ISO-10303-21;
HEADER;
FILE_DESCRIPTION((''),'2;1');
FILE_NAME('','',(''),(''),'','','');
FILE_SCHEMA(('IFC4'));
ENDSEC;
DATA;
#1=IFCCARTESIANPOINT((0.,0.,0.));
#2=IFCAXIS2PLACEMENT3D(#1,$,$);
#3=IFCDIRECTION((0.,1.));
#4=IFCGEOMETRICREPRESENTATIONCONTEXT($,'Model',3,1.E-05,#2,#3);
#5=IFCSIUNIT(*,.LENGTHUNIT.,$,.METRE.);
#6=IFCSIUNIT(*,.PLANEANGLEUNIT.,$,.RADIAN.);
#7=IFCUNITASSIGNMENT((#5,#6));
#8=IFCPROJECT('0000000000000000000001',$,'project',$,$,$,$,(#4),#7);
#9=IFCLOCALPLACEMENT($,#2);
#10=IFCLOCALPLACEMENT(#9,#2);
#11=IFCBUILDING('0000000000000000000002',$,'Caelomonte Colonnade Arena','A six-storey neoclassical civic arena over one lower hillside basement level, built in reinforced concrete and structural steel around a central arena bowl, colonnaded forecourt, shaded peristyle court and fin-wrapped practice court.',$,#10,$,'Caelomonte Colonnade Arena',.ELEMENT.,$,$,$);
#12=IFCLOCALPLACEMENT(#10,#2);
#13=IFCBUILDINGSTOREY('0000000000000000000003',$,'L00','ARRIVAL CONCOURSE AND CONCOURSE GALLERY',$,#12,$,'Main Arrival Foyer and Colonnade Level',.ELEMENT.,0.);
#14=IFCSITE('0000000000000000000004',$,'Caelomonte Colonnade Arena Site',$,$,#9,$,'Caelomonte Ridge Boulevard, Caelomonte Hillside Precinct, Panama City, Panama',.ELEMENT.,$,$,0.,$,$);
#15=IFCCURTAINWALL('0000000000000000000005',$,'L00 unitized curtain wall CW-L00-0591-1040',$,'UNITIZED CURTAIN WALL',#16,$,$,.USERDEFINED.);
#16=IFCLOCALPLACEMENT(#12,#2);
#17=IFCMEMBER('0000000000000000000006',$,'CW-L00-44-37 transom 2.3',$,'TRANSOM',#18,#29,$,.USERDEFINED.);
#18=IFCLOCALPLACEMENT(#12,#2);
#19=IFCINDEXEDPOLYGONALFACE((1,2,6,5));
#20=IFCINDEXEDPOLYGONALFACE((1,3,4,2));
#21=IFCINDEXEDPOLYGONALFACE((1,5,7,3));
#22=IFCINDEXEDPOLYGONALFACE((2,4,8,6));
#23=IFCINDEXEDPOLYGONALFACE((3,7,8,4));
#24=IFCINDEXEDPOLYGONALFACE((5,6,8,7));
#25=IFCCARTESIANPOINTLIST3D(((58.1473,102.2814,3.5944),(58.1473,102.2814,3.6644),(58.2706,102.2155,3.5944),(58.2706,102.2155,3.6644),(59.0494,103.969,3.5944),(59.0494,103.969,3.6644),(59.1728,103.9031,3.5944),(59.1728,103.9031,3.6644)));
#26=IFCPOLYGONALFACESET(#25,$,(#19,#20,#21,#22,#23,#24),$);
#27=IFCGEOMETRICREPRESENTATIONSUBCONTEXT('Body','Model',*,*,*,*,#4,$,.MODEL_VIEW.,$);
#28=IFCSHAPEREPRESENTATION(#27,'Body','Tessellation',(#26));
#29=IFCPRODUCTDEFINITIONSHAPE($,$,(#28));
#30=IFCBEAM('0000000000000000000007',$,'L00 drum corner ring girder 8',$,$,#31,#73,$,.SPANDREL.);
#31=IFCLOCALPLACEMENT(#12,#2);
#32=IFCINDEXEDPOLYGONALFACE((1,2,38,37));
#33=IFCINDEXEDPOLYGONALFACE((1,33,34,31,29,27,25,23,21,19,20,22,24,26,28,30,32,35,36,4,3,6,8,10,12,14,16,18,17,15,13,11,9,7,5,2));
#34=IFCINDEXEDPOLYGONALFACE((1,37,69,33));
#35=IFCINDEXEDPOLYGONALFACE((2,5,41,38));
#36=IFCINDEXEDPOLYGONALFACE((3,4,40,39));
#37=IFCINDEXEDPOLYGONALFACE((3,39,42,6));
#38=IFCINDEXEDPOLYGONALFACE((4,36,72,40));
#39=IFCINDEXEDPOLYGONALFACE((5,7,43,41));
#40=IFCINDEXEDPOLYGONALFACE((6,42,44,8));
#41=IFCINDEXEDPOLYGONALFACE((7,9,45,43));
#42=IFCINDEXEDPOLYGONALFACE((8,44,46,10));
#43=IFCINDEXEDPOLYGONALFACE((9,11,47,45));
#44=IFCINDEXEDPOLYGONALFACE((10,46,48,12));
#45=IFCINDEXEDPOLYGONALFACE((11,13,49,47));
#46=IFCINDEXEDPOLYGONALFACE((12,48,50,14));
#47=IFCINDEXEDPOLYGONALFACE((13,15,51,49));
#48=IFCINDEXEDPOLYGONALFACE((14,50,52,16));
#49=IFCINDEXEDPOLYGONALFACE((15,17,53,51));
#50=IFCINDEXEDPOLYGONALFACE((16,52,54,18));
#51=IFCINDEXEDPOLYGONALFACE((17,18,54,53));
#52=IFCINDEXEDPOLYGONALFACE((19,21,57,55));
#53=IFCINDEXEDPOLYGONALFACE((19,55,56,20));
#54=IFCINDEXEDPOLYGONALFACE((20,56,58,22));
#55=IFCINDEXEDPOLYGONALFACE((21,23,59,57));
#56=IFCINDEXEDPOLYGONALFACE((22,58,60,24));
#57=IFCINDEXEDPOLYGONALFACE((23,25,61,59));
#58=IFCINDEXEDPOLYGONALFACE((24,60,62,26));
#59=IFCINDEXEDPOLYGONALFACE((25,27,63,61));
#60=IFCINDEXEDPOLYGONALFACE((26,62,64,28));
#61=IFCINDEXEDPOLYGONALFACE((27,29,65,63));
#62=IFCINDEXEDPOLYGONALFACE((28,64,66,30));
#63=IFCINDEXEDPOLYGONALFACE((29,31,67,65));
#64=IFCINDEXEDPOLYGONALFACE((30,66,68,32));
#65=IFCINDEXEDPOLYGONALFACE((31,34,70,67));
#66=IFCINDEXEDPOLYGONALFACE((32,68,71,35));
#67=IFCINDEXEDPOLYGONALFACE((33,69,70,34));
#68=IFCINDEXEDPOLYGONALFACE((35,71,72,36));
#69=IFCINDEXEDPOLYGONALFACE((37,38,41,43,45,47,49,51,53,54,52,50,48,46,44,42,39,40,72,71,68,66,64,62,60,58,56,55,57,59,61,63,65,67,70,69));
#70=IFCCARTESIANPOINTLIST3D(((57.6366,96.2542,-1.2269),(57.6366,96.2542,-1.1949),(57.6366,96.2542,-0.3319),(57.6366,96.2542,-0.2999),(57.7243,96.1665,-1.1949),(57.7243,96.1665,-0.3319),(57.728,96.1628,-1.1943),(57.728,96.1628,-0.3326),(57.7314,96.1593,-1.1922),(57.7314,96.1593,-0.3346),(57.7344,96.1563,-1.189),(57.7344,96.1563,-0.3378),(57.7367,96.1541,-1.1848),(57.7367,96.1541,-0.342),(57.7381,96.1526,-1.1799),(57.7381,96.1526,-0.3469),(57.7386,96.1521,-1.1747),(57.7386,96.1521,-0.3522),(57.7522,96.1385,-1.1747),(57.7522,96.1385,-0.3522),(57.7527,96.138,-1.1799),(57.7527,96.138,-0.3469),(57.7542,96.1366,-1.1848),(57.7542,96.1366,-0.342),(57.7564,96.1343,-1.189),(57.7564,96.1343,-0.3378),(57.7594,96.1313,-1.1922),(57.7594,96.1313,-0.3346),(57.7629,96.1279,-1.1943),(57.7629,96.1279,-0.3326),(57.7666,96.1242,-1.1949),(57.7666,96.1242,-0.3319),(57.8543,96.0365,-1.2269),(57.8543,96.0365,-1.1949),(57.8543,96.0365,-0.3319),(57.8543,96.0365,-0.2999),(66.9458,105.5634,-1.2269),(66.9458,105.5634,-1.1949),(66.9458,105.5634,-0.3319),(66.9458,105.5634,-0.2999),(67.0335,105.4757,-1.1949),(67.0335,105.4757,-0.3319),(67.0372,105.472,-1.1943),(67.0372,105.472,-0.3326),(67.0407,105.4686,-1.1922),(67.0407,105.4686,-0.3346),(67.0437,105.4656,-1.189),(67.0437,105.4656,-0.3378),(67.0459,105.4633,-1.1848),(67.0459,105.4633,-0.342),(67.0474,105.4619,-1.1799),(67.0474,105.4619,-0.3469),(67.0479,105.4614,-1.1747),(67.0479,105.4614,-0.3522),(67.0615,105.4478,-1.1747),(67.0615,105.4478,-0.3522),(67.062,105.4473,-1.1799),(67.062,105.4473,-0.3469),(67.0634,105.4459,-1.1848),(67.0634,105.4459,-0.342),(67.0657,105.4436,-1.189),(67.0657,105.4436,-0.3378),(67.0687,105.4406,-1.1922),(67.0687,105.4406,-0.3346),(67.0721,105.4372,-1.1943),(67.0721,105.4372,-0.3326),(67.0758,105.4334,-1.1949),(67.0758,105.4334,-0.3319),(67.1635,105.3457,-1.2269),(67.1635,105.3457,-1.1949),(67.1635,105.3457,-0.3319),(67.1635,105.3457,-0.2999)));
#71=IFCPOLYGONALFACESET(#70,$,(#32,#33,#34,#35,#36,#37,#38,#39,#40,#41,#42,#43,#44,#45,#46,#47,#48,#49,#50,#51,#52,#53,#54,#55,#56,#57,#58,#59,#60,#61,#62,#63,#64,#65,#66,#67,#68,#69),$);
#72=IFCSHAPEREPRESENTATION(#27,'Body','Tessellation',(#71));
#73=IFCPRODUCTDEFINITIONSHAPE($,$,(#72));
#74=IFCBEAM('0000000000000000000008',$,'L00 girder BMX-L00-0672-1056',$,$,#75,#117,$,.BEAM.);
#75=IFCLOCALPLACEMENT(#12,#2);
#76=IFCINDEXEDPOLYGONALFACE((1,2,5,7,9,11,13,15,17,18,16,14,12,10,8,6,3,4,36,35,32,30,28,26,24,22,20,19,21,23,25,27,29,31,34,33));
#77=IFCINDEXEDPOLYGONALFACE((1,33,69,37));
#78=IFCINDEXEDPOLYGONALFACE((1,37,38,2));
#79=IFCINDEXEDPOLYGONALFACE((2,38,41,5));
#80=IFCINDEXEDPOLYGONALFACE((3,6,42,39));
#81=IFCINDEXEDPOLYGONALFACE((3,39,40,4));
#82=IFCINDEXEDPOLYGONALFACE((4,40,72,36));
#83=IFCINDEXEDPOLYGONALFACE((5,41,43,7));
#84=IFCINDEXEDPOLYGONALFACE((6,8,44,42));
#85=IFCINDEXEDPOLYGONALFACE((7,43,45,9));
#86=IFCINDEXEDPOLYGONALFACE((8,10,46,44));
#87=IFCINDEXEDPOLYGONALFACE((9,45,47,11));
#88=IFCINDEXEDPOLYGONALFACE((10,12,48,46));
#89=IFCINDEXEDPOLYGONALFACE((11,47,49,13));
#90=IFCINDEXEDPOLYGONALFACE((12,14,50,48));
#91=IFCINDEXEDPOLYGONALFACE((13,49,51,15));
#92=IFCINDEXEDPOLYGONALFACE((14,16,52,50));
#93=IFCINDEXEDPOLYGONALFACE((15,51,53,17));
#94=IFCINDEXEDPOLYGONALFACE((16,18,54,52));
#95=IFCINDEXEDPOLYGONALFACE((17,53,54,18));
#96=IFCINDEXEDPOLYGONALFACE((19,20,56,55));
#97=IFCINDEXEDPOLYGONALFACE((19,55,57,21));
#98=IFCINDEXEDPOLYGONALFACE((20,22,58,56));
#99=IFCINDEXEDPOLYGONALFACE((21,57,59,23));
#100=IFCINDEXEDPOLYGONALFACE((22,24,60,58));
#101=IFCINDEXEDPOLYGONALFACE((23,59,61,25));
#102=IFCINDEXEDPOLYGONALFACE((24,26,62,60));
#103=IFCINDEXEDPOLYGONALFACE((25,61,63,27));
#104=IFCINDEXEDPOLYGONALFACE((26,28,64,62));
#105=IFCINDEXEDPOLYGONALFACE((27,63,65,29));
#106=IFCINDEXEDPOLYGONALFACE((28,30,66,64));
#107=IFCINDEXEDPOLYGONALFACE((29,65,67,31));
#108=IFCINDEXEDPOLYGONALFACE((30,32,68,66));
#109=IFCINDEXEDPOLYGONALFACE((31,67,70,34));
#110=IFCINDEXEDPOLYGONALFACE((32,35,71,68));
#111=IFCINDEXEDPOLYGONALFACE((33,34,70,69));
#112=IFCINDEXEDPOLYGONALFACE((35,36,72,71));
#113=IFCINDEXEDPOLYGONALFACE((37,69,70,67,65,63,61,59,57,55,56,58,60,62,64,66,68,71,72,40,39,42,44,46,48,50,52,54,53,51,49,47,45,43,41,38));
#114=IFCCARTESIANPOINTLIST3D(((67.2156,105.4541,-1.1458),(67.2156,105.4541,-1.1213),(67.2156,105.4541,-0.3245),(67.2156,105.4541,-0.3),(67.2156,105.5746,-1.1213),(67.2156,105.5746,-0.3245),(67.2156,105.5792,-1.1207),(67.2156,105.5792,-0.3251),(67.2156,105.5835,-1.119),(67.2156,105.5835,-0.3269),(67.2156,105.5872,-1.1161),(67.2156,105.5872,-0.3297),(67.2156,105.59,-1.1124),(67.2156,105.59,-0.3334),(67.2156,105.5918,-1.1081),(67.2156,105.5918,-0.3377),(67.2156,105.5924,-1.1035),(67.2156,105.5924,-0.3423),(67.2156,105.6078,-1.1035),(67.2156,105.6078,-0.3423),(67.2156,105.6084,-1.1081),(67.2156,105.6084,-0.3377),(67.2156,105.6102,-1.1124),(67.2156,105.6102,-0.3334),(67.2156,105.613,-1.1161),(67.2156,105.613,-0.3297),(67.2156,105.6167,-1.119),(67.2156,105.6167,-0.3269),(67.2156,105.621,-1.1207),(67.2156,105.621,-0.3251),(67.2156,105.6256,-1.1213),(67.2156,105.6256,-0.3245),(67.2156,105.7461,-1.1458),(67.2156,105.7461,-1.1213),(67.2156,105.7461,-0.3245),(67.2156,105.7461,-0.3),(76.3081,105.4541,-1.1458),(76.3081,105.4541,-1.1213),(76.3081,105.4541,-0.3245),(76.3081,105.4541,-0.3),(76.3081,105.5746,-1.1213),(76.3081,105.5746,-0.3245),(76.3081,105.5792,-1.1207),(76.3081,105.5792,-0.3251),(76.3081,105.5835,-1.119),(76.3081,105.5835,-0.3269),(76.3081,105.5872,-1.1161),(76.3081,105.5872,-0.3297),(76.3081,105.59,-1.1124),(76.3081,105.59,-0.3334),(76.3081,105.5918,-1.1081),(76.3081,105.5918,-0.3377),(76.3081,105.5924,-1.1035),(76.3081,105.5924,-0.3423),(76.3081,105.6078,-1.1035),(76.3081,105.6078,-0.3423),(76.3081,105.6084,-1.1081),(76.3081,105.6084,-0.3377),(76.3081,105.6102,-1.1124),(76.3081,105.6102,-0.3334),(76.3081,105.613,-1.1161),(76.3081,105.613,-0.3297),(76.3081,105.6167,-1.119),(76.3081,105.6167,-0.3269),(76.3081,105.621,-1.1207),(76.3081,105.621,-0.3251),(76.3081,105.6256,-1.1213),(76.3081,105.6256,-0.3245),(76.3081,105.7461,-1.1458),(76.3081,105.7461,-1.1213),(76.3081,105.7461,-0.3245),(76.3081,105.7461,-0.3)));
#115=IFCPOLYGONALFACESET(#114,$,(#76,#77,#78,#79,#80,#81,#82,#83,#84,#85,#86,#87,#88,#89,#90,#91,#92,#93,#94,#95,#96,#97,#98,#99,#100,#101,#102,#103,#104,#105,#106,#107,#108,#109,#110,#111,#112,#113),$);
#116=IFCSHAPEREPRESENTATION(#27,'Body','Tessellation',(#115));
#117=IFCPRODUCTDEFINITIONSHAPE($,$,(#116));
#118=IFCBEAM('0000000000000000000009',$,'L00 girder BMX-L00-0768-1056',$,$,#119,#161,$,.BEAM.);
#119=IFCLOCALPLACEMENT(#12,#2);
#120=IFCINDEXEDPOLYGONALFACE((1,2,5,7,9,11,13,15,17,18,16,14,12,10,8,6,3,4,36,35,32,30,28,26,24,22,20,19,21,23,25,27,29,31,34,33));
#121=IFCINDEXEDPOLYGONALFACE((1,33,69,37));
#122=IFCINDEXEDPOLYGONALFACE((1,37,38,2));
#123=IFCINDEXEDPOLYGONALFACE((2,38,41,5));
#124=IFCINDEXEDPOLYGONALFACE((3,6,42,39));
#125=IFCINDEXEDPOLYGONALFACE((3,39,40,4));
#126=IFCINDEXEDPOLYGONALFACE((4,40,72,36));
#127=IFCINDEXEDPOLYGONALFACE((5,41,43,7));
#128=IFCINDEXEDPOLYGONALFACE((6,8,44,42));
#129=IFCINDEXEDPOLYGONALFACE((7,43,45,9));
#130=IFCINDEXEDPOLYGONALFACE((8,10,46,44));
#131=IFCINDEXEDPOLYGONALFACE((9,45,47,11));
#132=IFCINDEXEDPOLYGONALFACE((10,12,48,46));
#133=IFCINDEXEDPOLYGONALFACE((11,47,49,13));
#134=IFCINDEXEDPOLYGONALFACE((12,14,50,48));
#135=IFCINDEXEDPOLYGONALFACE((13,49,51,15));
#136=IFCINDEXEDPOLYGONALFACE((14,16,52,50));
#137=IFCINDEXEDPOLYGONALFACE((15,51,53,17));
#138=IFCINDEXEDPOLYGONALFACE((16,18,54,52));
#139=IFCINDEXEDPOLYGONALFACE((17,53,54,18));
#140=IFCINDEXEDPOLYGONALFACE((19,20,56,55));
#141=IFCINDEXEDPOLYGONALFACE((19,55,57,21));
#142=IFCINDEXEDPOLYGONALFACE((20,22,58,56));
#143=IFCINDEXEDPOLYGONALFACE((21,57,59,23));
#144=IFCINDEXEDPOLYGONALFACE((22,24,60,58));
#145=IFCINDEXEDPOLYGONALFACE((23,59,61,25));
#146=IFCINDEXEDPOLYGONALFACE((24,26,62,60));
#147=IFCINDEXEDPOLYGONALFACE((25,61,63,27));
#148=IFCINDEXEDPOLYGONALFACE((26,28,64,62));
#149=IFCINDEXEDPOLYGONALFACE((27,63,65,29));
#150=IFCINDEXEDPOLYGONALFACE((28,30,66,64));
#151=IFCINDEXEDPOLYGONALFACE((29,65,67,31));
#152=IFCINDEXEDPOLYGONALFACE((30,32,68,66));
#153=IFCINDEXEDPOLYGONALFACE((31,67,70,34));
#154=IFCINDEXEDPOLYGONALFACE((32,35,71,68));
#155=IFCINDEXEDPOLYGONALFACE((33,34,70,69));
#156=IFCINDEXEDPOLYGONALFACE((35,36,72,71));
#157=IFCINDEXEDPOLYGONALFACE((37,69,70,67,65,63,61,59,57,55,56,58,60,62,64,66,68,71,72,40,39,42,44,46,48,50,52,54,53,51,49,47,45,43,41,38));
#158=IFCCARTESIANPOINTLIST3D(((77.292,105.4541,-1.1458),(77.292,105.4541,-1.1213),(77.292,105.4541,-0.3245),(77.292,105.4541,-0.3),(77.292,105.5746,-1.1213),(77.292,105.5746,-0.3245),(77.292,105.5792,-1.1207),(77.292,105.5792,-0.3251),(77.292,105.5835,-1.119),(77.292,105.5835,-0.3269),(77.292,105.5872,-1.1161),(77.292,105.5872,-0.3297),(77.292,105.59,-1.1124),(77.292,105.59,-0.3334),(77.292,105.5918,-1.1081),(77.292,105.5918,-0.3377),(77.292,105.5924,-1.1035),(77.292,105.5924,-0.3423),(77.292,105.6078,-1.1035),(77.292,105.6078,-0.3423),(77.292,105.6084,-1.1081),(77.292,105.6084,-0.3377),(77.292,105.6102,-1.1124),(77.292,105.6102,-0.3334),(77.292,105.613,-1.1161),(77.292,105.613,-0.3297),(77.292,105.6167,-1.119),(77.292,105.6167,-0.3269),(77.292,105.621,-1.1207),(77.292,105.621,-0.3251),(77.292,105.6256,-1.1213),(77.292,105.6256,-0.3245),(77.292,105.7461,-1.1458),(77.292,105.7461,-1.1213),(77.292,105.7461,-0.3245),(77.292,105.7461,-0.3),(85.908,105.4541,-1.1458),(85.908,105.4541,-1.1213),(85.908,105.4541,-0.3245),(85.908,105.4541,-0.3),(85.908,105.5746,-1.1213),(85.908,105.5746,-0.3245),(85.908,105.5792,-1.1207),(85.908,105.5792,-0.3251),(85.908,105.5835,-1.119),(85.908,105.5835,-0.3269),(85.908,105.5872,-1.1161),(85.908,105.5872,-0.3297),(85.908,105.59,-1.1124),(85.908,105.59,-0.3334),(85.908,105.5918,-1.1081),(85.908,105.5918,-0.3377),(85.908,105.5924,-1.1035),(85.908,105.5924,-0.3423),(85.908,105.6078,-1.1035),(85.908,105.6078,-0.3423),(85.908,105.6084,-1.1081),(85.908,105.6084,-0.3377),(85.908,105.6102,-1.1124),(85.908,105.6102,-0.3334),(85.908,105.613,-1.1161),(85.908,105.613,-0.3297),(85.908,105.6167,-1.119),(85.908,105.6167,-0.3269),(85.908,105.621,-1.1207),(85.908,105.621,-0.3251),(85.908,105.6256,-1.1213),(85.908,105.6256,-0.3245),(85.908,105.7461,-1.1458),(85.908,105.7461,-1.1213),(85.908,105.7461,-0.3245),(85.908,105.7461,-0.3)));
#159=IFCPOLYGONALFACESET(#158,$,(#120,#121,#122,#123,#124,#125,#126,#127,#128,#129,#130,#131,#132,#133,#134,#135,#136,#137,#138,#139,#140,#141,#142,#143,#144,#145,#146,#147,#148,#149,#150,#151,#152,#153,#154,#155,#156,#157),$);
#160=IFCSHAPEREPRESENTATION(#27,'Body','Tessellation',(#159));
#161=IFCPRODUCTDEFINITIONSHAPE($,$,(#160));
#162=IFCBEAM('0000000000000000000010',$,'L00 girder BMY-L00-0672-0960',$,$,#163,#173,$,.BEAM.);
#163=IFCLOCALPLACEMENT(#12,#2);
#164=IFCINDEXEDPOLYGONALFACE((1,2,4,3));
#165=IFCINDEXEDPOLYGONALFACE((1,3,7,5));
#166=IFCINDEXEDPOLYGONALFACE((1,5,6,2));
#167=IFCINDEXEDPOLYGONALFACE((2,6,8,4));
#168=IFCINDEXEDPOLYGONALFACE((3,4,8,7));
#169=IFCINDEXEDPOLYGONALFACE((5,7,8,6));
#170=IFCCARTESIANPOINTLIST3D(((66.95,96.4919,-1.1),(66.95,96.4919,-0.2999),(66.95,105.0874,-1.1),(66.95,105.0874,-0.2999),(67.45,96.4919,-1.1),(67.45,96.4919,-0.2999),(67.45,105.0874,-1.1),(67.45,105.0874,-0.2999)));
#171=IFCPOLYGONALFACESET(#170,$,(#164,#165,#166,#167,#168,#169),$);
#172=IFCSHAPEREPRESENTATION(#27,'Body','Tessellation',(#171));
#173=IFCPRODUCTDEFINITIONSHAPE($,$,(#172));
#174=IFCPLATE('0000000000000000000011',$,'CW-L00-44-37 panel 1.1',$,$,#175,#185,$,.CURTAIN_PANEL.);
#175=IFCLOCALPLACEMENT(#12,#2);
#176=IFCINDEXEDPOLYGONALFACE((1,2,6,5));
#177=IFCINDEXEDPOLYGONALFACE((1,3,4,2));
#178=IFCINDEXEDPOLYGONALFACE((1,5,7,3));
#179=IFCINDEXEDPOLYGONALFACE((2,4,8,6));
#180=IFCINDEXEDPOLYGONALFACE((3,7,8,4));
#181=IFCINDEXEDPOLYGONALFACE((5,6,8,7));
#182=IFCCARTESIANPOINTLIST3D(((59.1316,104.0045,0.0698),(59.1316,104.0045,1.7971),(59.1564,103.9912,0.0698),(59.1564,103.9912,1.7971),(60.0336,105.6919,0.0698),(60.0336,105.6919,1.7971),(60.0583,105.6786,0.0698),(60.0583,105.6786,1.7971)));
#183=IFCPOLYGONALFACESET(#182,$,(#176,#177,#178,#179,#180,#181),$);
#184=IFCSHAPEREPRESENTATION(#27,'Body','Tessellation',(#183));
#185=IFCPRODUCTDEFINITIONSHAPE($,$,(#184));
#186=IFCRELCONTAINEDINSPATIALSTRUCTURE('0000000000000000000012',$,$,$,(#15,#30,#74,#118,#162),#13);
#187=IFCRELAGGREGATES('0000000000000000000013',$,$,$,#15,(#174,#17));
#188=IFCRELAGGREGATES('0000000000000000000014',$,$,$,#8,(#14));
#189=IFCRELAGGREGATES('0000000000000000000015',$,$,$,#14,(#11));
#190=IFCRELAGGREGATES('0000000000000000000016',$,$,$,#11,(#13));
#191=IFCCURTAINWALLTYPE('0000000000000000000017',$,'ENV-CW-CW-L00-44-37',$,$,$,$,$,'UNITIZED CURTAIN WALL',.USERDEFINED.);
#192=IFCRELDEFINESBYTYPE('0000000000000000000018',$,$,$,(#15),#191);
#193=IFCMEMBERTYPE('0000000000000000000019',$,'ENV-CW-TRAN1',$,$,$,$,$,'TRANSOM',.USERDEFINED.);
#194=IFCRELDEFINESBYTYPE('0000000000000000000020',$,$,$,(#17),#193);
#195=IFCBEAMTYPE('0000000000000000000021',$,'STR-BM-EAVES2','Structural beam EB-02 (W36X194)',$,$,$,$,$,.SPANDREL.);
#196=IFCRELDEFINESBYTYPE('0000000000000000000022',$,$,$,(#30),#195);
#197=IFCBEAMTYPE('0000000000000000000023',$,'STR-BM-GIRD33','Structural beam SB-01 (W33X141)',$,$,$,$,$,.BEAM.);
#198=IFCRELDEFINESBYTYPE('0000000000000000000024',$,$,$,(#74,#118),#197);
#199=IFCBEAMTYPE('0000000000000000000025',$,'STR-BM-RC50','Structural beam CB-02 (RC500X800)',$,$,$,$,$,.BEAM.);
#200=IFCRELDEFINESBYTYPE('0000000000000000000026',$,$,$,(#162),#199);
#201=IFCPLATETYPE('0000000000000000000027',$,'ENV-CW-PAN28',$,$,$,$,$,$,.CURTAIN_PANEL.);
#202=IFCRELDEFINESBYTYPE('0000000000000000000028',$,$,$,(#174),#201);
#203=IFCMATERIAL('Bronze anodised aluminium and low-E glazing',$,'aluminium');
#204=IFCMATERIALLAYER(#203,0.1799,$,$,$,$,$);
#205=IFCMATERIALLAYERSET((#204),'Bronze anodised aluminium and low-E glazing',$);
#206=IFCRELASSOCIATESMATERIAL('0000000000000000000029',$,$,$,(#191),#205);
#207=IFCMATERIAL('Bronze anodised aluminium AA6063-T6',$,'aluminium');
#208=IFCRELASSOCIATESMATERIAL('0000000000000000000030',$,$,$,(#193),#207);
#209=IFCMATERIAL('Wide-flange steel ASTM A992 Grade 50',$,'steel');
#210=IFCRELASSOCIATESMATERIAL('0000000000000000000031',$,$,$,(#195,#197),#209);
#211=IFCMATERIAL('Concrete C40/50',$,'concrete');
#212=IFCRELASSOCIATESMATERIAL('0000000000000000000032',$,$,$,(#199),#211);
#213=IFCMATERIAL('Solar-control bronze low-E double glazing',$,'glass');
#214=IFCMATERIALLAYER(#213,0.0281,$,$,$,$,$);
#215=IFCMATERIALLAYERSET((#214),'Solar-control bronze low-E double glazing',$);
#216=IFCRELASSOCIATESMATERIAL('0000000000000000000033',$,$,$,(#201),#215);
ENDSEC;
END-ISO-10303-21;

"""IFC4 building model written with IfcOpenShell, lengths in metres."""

from ifc_helpers import new_model, si_unit, direction, frame, origin, origin_2d, place, context, subcontext, project, spatial, rectangle, i_section, extrude, material, layer, layer_set, material_profile, profile_set, type_object, element, aggregate, save


model = new_model("IFC4")

# Units and contexts
model_context = context("Model", 3, precision=1e-05, world=origin(), true_north=direction((0.0, 1.0)))
body_context = subcontext(model_context, "Body", "Model", "MODEL_VIEW")
ifc_project = project(units=[si_unit("LENGTHUNIT", "METRE"), si_unit("PLANEANGLEUNIT", "RADIAN")], contexts=[model_context])

# Site, building, storey
site_placement = place(None, origin())
site = spatial("IfcSite", under=ifc_project, at=site_placement, Name="Caelomonte Colonnade Arena Site", LongName="Caelomonte Ridge Boulevard, Caelomonte Hillside Precinct, Panama City, Panama", CompositionType="ELEMENT", RefElevation=0.0)
building_placement = place(site_placement, origin())
building = spatial("IfcBuilding", under=site, at=building_placement, Name="Caelomonte Colonnade Arena", Description="A six-storey neoclassical civic arena over one lower hillside basement level, built in reinforced concrete and structural steel around a central arena bowl, colonnaded forecourt, shaded peristyle court and fin-wrapped practice court.", LongName="Caelomonte Colonnade Arena", CompositionType="ELEMENT")
storey_placement = place(building_placement, origin())
storey = spatial("IfcBuildingStorey", under=building, at=storey_placement, Name="L00", Description="ARRIVAL CONCOURSE AND CONCOURSE GALLERY", LongName="Main Arrival Foyer and Colonnade Level", CompositionType="ELEMENT", Elevation=0.0)

# Shared definitions
ifc_material_1 = material(Name="Wide-flange steel ASTM A992 Grade 50", Category="steel")

# Shared definitions
ifc_material_2 = material(Name="Bronze anodised aluminium and low-E glazing", Category="aluminium")
ifc_layer_1 = layer(ifc_material_2, 0.1799)
ifc_layer_set_1 = layer_set([ifc_layer_1], Name="Bronze anodised aluminium and low-E glazing")
curtain_wall_type = type_object("IfcCurtainWallType", Name="ENV-CW-CW-L00-44-37", ElementType="UNITIZED CURTAIN WALL", PredefinedType="USERDEFINED", material=ifc_layer_set_1)
ifc_material_3 = material(Name="Bronze anodised aluminium AA6063-T6", Category="aluminium")

# Curtain wall, member
curtain_wall_1_placement = place(storey_placement, origin())
curtain_wall_1 = element("IfcCurtainWall", 1, at=curtain_wall_1_placement, inside=storey, type_object=curtain_wall_type, Name="L00 unitized curtain wall CW-L00-0591-1040", ObjectType="UNITIZED CURTAIN WALL", PredefinedType="USERDEFINED")
ifc_material_profile_1 = material_profile(ifc_material_3, rectangle(XDim=0.0701, YDim=0.1399, at=origin_2d()), Name="CWT-70X140")
ifc_profile_set_1 = profile_set([ifc_material_profile_1], Name="Bronze anodised aluminium AA6063-T6")
member_type_1 = type_object("IfcMemberType", Name="ENV-CW-TRAN1", ElementType="TRANSOM", PredefinedType="USERDEFINED", material=ifc_profile_set_1)
member_1_placement = place(storey_placement, frame((59.1111, 103.936, 3.6294), z_axis=(-0.471442, -0.881897, 0.0), x_axis=(0.0, 0.0, 1.0)))
member_1 = element("IfcMember", 2, at=member_1_placement, type_object=member_type_1, Name="CW-L00-44-37 transom 2.3", ObjectType="TRANSOM", PredefinedType="USERDEFINED", context=body_context, shape_type="SweptSolid", body=[
    extrude(rectangle(XDim=0.0701, YDim=0.1399, at=origin_2d()), origin(), (0.0, 0.0, 1.0), 1.9136),
])

# Beams
ifc_material_profile_2 = material_profile(ifc_material_1, i_section(OverallWidth=0.3079, OverallDepth=0.927, WebThickness=0.0193, FlangeThickness=0.032, FilletRadius=0.0203, at=origin_2d()), Name="W36X194")
ifc_profile_set_2 = profile_set([ifc_material_profile_2], Name="Wide-flange steel ASTM A992 Grade 50")
beam_type_1 = type_object("IfcBeamType", Name="STR-BM-EAVES2", Description="Structural beam EB-02 (W36X194)", PredefinedType="SPANDREL", material=ifc_profile_set_2)
beam_1_placement = place(storey_placement, frame((67.0547, 105.4546, -0.7634), z_axis=(-0.707107, -0.707107, 0.0), x_axis=(0.707107, -0.707107, 0.0)))
element("IfcBeam", 3, at=beam_1_placement, inside=storey, type_object=beam_type_1, Name="L00 drum corner ring girder 8", PredefinedType="SPANDREL", context=body_context, shape_type="SweptSolid", body=[
    extrude(i_section(OverallWidth=0.3079, OverallDepth=0.927, WebThickness=0.0193, FlangeThickness=0.032, FilletRadius=0.0203, at=origin_2d()), origin(), (0.0, 0.0, 1.0), 13.1653),
])
ifc_material_profile_3 = material_profile(ifc_material_1, i_section(OverallWidth=0.292, OverallDepth=0.8457, WebThickness=0.0154, FlangeThickness=0.0244, FilletRadius=0.0178, at=origin_2d()), Name="W33X141")
ifc_profile_set_3 = profile_set([ifc_material_profile_3], Name="Wide-flange steel ASTM A992 Grade 50")
beam_type_2 = type_object("IfcBeamType", Name="STR-BM-GIRD33", Description="Structural beam SB-01 (W33X141)", PredefinedType="BEAM", material=ifc_profile_set_3)
beam_2_placement = place(storey_placement, frame((67.2156, 105.6001, -0.7229), z_axis=(1.0, 0.0, 0.0), x_axis=(0.0, 1.0, 0.0)))
element("IfcBeam", 4, at=beam_2_placement, inside=storey, type_object=beam_type_2, Name="L00 girder BMX-L00-0672-1056", PredefinedType="BEAM", context=body_context, shape_type="SweptSolid", body=[
    extrude(i_section(OverallWidth=0.292, OverallDepth=0.8457, WebThickness=0.0154, FlangeThickness=0.0244, FilletRadius=0.0178, at=origin_2d()), origin(), (0.0, 0.0, 1.0), 9.0925),
])
beam_3_placement = place(storey_placement, frame((77.292, 105.6001, -0.7229), z_axis=(1.0, 0.0, 0.0), x_axis=(0.0, 1.0, 0.0)))
element("IfcBeam", 5, at=beam_3_placement, inside=storey, type_object=beam_type_2, Name="L00 girder BMX-L00-0768-1056", PredefinedType="BEAM", context=body_context, shape_type="SweptSolid", body=[
    extrude(i_section(OverallWidth=0.292, OverallDepth=0.8457, WebThickness=0.0154, FlangeThickness=0.0244, FilletRadius=0.0178, at=origin_2d()), origin(), (0.0, 0.0, 1.0), 8.616),
])
ifc_material_4 = material(Name="Concrete C40/50", Category="concrete")
ifc_material_profile_4 = material_profile(ifc_material_4, rectangle(XDim=0.5, YDim=0.8, at=origin_2d()), Name="RC500X800")
ifc_profile_set_4 = profile_set([ifc_material_profile_4], Name="Concrete C40/50")
beam_type_3 = type_object("IfcBeamType", Name="STR-BM-RC50", Description="Structural beam CB-02 (RC500X800)", PredefinedType="BEAM", material=ifc_profile_set_4)
beam_4_placement = place(storey_placement, frame((67.2, 96.4919, -0.7), z_axis=(0.0, 1.0, 0.0), x_axis=(-1.0, 0.0, 0.0)))
element("IfcBeam", 6, at=beam_4_placement, inside=storey, type_object=beam_type_3, Name="L00 girder BMY-L00-0672-0960", PredefinedType="BEAM", context=body_context, shape_type="SweptSolid", body=[
    extrude(rectangle(XDim=0.5, YDim=0.8, at=origin_2d()), origin(), (0.0, 0.0, 1.0), 8.5955),
])

# Plate
ifc_material_5 = material(Name="Solar-control bronze low-E double glazing", Category="glass")
ifc_layer_2 = layer(ifc_material_5, 0.0281)
ifc_layer_set_2 = layer_set([ifc_layer_2], Name="Solar-control bronze low-E double glazing")
plate_type = type_object("IfcPlateType", Name="ENV-CW-PAN28", PredefinedType="CURTAIN_PANEL", material=ifc_layer_set_2)
plate_1_placement = place(storey_placement, frame((59.595, 104.8416, 0.0698), z_axis=(0.0, 0.0, 1.0), x_axis=(-0.471394, -0.881923, 0.0)))
plate_1 = element("IfcPlate", 7, at=plate_1_placement, type_object=plate_type, Name="CW-L00-44-37 panel 1.1", PredefinedType="CURTAIN_PANEL", context=body_context, shape_type="SweptSolid", body=[
    extrude(rectangle(XDim=1.9133, YDim=0.0281, at=origin_2d()), origin(), (0.0, 0.0, 1.0), 1.7273),
])
aggregate(curtain_wall_1, [plate_1, member_1])

save(model, "model.ifc")
